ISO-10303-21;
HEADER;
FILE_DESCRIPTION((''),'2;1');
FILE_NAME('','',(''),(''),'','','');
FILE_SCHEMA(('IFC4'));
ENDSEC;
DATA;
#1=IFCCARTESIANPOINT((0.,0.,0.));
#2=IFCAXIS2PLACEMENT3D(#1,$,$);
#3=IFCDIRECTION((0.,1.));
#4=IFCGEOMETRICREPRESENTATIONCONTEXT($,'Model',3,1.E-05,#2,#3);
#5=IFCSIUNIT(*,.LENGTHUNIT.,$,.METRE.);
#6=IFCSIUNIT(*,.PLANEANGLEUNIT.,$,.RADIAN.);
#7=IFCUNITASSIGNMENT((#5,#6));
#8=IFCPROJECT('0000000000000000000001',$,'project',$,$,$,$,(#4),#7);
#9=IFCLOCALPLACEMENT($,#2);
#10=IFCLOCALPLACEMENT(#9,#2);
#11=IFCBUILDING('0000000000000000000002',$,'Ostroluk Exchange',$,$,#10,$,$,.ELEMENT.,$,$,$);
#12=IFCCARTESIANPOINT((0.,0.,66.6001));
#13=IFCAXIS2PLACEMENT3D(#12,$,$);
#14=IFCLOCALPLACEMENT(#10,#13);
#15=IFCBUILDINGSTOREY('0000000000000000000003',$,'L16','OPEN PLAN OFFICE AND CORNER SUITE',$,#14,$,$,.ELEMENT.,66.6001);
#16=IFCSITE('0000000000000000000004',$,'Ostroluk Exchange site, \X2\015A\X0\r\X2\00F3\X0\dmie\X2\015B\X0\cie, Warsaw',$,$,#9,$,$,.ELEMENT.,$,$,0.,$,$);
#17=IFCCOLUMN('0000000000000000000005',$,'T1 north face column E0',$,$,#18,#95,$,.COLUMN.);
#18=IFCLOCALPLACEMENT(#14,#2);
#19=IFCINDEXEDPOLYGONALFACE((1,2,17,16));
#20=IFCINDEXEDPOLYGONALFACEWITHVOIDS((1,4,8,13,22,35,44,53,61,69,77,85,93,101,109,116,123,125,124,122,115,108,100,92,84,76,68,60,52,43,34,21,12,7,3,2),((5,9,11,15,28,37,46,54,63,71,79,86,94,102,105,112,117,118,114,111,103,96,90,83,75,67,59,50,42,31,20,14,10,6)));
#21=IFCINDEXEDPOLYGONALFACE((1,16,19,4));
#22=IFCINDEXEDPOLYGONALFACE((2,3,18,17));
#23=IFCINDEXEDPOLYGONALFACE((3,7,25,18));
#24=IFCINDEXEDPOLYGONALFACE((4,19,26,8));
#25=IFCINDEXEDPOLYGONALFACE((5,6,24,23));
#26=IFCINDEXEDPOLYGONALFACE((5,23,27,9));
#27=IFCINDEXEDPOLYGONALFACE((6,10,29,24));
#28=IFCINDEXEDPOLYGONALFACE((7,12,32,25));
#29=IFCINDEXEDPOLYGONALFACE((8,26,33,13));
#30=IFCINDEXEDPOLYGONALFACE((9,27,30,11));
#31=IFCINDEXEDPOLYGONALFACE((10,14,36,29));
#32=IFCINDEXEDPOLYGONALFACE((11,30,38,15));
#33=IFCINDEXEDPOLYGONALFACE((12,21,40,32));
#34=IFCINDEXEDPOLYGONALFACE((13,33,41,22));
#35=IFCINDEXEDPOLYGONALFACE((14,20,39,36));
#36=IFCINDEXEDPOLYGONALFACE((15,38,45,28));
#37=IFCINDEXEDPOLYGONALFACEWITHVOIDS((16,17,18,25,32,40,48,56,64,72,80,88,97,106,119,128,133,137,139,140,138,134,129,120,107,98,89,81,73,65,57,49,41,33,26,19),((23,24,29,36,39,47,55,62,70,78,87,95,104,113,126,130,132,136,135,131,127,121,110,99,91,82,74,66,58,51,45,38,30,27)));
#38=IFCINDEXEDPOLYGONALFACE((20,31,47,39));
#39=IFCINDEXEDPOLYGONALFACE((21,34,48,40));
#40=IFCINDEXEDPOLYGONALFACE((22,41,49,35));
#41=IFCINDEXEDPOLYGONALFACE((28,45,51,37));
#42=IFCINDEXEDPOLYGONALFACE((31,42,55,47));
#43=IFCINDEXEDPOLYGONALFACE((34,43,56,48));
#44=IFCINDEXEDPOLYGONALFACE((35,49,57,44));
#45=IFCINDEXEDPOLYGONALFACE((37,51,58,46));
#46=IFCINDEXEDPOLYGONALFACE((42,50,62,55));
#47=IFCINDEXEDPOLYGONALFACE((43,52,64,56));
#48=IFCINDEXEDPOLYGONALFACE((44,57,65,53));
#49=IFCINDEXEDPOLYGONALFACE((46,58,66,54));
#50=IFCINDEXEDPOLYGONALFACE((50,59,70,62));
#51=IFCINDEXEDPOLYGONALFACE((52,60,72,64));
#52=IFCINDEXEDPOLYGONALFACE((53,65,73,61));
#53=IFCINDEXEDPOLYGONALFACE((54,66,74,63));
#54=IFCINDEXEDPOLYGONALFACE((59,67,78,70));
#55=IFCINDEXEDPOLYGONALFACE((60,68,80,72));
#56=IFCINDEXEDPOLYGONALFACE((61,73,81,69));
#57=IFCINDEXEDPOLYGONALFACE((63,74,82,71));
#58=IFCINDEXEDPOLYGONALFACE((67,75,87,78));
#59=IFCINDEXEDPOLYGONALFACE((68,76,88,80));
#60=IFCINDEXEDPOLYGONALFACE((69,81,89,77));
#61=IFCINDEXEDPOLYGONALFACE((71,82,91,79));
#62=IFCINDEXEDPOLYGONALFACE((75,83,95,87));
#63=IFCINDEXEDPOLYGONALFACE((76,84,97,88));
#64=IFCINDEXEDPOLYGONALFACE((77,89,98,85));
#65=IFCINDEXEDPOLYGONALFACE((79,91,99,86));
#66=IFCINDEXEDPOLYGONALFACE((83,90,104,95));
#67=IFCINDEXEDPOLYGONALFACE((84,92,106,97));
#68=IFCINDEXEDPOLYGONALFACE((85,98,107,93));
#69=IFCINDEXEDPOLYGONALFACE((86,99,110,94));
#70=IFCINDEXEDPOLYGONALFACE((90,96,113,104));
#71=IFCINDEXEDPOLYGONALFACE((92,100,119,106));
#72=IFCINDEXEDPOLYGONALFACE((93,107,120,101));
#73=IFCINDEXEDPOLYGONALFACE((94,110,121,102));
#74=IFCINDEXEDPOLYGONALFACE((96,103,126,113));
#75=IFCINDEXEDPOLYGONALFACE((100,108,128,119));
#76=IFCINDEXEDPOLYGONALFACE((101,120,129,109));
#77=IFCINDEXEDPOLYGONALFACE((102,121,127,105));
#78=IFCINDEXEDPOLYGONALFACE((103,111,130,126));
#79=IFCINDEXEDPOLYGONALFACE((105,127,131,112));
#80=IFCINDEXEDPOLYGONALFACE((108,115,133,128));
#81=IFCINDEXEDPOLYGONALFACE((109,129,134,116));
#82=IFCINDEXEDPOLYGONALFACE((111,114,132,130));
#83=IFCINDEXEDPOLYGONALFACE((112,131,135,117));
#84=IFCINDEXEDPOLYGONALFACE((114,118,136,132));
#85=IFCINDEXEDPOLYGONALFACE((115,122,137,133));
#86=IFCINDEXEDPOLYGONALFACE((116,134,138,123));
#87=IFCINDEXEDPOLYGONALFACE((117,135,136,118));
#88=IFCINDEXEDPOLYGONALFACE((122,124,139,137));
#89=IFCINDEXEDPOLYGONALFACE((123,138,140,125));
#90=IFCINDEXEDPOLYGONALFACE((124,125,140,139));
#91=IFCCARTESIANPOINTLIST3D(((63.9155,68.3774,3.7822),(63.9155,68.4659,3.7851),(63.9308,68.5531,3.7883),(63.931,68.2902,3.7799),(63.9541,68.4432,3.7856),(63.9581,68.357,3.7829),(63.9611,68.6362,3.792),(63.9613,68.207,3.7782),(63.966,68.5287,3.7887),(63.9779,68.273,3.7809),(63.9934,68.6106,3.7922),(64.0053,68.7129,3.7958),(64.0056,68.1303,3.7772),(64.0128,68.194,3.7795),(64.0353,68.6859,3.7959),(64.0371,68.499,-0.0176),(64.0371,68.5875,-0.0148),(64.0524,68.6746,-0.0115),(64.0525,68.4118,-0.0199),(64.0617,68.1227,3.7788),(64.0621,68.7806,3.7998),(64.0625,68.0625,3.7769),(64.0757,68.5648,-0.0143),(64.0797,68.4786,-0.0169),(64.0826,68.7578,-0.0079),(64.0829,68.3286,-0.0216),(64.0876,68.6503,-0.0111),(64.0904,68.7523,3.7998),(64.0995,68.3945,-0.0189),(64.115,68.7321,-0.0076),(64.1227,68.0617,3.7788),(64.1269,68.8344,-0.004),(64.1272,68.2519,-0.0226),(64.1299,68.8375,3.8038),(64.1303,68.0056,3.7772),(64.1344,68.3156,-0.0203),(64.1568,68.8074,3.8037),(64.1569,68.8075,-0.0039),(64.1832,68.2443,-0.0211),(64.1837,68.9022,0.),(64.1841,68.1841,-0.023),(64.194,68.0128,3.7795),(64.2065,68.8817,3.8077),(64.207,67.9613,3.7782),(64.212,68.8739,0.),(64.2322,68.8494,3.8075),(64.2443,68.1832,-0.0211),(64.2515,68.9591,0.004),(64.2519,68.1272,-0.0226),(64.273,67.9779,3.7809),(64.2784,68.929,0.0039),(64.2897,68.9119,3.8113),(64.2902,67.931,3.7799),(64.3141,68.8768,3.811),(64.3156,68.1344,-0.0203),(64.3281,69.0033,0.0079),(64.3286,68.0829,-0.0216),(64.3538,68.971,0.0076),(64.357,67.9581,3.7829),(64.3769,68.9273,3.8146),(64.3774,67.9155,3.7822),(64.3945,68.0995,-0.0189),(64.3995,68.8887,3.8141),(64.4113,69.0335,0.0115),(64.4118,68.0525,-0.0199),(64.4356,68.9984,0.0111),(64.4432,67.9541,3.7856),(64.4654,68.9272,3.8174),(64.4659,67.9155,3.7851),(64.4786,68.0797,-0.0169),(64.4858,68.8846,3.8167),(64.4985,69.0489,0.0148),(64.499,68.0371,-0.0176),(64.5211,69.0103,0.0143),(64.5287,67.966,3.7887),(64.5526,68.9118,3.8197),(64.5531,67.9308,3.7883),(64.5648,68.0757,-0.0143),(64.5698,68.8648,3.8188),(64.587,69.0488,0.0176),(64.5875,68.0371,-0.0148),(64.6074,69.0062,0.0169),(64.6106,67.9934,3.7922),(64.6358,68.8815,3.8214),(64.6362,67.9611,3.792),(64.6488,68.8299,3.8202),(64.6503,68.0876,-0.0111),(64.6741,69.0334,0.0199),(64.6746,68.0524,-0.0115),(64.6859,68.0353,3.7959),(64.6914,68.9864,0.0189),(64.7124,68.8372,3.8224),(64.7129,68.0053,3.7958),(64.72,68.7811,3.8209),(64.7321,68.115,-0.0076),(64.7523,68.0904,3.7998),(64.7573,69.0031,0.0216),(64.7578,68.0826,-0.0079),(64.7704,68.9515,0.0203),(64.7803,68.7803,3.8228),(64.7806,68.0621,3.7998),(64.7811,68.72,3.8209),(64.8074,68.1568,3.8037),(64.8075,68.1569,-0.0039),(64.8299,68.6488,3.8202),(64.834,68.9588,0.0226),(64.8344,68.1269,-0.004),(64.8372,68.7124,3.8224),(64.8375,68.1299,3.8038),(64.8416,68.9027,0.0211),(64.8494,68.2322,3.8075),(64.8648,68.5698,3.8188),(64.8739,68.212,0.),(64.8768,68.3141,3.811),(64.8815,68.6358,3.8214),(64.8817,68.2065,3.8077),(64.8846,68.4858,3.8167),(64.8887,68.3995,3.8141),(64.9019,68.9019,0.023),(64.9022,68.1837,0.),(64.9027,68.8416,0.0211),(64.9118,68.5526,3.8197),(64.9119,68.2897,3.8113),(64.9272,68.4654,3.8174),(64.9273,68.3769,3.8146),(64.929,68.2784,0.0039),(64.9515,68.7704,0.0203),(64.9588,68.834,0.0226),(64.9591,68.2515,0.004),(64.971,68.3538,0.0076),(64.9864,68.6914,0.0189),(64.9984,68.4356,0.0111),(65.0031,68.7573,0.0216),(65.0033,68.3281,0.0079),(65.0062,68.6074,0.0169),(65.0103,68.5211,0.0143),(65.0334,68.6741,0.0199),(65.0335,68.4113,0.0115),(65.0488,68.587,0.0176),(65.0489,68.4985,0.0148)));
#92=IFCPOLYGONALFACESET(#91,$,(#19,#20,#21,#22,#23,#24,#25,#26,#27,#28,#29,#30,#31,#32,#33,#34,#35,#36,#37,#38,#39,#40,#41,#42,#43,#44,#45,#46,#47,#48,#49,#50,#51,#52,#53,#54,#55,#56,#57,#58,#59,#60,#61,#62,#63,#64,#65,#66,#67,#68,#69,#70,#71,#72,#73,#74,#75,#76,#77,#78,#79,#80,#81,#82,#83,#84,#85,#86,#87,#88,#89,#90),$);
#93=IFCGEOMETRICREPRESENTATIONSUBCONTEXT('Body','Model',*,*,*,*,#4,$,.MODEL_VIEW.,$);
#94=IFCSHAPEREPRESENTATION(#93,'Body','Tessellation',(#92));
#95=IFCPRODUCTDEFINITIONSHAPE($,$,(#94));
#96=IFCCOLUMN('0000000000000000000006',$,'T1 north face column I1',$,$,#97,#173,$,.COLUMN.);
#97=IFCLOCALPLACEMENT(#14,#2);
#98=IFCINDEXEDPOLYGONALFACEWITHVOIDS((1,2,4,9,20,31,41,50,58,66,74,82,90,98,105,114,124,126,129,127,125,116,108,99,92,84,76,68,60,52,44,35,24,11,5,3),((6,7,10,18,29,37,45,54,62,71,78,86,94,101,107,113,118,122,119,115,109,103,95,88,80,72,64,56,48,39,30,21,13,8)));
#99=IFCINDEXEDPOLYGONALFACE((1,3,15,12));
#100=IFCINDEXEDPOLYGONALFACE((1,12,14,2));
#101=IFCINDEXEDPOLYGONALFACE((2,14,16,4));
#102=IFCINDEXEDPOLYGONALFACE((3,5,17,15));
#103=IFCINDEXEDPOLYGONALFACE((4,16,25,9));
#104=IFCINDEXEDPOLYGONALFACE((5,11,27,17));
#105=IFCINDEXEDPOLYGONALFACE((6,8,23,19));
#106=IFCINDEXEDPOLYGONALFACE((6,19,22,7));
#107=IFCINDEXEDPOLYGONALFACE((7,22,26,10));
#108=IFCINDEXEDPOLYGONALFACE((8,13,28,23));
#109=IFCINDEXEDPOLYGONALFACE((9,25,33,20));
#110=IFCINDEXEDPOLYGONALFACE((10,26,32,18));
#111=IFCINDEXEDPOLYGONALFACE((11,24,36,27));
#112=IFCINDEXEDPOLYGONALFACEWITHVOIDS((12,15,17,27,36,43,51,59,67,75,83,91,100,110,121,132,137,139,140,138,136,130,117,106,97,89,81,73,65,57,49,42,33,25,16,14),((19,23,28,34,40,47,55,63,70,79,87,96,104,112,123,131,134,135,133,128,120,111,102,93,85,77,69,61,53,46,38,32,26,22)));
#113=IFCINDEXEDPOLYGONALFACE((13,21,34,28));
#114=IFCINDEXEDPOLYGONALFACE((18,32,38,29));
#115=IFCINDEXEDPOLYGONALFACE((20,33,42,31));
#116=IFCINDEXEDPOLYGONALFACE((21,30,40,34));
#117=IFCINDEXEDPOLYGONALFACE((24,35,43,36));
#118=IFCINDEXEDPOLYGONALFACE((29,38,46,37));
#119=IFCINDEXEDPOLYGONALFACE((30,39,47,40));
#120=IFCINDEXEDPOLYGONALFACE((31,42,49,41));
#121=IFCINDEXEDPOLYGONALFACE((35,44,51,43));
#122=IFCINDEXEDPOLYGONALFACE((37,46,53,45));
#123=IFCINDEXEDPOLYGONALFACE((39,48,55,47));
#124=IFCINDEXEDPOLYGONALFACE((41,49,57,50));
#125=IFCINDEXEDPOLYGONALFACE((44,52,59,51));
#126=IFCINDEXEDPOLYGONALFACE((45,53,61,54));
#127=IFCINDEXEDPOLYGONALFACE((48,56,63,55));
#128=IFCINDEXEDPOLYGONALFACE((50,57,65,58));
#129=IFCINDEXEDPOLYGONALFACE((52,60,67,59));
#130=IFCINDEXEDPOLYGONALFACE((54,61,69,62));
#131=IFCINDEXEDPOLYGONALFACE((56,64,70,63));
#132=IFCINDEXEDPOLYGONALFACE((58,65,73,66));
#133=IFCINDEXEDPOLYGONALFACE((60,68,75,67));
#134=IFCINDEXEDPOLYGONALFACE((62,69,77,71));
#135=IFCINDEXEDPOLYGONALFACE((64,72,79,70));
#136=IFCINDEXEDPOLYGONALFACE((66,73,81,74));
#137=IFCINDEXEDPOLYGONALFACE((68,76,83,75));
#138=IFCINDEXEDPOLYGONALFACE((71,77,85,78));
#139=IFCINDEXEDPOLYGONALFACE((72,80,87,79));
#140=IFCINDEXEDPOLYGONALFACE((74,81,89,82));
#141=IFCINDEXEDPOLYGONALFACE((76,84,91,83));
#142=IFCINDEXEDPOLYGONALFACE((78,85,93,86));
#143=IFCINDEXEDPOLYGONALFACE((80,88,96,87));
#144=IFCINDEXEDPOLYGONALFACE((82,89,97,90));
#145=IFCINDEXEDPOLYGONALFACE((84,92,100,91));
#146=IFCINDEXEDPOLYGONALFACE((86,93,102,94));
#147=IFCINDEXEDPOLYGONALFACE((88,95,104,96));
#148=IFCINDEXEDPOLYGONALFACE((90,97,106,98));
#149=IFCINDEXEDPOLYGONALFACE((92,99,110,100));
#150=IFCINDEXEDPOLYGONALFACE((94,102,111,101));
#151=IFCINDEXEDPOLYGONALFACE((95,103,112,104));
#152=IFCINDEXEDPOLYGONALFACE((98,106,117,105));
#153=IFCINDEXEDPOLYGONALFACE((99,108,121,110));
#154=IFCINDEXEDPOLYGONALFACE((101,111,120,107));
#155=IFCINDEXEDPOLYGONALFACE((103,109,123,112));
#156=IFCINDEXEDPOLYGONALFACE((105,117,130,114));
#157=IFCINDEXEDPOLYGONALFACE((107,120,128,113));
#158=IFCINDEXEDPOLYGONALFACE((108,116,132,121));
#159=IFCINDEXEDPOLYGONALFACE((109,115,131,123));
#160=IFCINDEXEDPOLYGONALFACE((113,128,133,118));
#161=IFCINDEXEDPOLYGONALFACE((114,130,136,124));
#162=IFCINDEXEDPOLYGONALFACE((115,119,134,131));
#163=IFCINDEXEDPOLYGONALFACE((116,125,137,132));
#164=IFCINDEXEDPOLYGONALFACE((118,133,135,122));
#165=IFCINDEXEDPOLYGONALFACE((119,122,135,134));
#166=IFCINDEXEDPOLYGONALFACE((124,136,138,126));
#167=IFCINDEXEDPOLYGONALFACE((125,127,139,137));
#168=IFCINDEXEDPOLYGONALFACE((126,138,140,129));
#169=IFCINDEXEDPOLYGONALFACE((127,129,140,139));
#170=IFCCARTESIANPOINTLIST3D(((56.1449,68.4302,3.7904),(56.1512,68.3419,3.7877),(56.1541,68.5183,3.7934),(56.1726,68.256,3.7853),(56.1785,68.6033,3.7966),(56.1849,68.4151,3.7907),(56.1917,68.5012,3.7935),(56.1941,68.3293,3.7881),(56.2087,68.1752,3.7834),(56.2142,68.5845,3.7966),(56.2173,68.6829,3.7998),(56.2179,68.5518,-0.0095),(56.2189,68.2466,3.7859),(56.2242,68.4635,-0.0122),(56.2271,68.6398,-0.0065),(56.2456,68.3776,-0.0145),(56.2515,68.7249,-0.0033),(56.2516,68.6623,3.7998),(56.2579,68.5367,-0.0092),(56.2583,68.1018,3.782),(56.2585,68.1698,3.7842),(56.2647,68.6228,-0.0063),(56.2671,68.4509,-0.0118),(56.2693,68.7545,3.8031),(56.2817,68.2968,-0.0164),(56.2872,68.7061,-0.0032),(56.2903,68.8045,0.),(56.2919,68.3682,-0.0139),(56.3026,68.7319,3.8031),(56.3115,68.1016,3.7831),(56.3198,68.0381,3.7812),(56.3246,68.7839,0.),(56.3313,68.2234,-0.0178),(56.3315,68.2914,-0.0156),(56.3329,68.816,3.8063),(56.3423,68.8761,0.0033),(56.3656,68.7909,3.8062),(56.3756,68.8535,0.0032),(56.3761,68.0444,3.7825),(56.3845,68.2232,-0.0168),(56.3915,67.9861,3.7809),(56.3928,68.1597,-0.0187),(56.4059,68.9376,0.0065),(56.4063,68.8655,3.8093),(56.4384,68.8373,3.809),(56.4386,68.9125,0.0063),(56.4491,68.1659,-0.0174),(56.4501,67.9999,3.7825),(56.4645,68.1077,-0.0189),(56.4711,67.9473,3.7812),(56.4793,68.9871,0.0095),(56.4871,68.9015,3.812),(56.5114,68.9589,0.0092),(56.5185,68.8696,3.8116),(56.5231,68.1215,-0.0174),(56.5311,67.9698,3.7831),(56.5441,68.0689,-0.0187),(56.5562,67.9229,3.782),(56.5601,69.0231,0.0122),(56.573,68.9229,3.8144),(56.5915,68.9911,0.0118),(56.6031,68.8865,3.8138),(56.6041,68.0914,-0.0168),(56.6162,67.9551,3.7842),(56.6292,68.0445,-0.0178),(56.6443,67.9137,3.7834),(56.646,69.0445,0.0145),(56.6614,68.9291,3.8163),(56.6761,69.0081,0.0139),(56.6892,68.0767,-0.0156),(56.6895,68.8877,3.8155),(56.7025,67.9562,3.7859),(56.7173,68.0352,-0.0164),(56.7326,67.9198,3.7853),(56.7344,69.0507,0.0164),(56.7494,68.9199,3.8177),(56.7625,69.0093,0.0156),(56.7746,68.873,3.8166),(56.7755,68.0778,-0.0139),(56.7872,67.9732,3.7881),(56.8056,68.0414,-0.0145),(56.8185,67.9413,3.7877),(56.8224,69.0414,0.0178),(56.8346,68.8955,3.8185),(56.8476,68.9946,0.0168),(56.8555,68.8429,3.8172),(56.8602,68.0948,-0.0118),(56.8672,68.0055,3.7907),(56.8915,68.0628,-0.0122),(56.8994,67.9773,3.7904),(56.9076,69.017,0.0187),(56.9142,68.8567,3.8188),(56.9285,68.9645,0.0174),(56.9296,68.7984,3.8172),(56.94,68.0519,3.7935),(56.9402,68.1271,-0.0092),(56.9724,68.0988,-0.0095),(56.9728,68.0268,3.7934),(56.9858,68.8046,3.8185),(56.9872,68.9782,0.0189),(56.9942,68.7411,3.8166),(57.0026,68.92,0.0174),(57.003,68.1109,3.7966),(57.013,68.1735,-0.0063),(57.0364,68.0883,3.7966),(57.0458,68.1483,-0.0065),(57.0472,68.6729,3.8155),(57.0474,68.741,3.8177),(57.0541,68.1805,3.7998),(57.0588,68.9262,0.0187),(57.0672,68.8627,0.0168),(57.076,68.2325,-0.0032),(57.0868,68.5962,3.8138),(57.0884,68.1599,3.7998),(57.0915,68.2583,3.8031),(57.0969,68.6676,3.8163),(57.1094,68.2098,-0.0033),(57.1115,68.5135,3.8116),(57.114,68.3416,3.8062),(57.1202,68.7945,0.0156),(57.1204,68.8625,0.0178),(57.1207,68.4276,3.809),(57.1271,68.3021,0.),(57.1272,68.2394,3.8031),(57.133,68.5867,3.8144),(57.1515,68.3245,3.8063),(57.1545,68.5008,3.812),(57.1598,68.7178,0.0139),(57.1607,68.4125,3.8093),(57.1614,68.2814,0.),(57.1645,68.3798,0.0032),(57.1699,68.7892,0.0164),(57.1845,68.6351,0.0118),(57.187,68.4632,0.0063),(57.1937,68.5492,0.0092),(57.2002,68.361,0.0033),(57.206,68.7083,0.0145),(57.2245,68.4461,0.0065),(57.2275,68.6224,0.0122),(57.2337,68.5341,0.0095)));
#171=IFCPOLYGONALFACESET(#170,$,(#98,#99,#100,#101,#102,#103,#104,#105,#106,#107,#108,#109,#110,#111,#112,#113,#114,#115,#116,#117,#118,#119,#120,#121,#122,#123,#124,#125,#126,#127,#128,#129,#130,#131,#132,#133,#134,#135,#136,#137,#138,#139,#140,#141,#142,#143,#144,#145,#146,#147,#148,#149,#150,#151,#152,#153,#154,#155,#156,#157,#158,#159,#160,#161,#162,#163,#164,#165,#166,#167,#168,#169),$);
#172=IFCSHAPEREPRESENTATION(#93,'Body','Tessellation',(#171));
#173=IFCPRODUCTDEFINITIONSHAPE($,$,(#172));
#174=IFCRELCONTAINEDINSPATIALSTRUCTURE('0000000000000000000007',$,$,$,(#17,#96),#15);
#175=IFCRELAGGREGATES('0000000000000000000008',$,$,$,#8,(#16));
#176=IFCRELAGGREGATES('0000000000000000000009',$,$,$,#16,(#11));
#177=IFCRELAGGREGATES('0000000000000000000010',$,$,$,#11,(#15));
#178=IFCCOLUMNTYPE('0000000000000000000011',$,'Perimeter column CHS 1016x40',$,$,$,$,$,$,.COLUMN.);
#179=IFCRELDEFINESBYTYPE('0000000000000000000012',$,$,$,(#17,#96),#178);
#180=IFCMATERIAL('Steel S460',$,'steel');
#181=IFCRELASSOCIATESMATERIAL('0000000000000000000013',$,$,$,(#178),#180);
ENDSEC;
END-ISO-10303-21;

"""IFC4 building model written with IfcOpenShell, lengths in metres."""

from ifc_helpers import new_model, si_unit, direction, frame, origin, origin_2d, place, context, subcontext, project, spatial, hollow_circle, extrude, material, material_profile, profile_set, type_object, element, save


model = new_model("IFC4")

# Units and contexts
model_context = context("Model", 3, precision=1e-05, world=origin(), true_north=direction((0.0, 1.0)))
body_context = subcontext(model_context, "Body", "Model", "MODEL_VIEW")
ifc_project = project(units=[si_unit("LENGTHUNIT", "METRE"), si_unit("PLANEANGLEUNIT", "RADIAN")], contexts=[model_context])

# Site, building, storey
site_placement = place(None, origin())
site = spatial("IfcSite", under=ifc_project, at=site_placement, Name="Ostroluk Exchange site, Śródmieście, Warsaw", CompositionType="ELEMENT", RefElevation=0.0)
building_placement = place(site_placement, origin())
building = spatial("IfcBuilding", under=site, at=building_placement, Name="Ostroluk Exchange", CompositionType="ELEMENT")
storey_placement = place(building_placement, frame((0.0, 0.0, 66.6001)))
storey = spatial("IfcBuildingStorey", under=building, at=storey_placement, Name="L16", Description="OPEN PLAN OFFICE AND CORNER SUITE", CompositionType="ELEMENT", Elevation=66.6001)

# Columns
ifc_material_1 = material(Name="Steel S460", Category="steel")
ifc_material_profile_1 = material_profile(ifc_material_1, hollow_circle(Radius=0.5081, WallThickness=0.04, at=origin_2d()), Name="CHS 1016x40")
ifc_profile_set_1 = profile_set([ifc_material_profile_1], Name="Steel S460")
column_type = type_object("IfcColumnType", Name="Perimeter column CHS 1016x40", PredefinedType="COLUMN", material=ifc_profile_set_1)
column_1_placement = place(storey_placement, frame((64.543, 68.543, 0.0), z_axis=(-0.031964, -0.031964, 0.998978), x_axis=(0.707107, -0.707107, 0.0)))
element("IfcColumn", 1, at=column_1_placement, inside=storey, type_object=column_type, Name="T1 north face column E0", PredefinedType="COLUMN", context=body_context, shape_type="SweptSolid", body=[
    extrude(hollow_circle(Radius=0.5081, WallThickness=0.04, at=origin_2d()), origin(), (0.0, 0.0, 1.0), 3.8037),
])
column_2_placement = place(storey_placement, frame((56.7258, 68.543, 0.0), z_axis=(-0.019198, -0.031975, 0.999304), x_axis=(0.857341, -0.514749, 0.0)))
element("IfcColumn", 2, at=column_2_placement, inside=storey, type_object=column_type, Name="T1 north face column I1", PredefinedType="COLUMN", context=body_context, shape_type="SweptSolid", body=[
    extrude(hollow_circle(Radius=0.5081, WallThickness=0.04, at=origin_2d()), origin(), (0.0, 0.0, 1.0), 3.8025),
])

save(model, "model.ifc")
